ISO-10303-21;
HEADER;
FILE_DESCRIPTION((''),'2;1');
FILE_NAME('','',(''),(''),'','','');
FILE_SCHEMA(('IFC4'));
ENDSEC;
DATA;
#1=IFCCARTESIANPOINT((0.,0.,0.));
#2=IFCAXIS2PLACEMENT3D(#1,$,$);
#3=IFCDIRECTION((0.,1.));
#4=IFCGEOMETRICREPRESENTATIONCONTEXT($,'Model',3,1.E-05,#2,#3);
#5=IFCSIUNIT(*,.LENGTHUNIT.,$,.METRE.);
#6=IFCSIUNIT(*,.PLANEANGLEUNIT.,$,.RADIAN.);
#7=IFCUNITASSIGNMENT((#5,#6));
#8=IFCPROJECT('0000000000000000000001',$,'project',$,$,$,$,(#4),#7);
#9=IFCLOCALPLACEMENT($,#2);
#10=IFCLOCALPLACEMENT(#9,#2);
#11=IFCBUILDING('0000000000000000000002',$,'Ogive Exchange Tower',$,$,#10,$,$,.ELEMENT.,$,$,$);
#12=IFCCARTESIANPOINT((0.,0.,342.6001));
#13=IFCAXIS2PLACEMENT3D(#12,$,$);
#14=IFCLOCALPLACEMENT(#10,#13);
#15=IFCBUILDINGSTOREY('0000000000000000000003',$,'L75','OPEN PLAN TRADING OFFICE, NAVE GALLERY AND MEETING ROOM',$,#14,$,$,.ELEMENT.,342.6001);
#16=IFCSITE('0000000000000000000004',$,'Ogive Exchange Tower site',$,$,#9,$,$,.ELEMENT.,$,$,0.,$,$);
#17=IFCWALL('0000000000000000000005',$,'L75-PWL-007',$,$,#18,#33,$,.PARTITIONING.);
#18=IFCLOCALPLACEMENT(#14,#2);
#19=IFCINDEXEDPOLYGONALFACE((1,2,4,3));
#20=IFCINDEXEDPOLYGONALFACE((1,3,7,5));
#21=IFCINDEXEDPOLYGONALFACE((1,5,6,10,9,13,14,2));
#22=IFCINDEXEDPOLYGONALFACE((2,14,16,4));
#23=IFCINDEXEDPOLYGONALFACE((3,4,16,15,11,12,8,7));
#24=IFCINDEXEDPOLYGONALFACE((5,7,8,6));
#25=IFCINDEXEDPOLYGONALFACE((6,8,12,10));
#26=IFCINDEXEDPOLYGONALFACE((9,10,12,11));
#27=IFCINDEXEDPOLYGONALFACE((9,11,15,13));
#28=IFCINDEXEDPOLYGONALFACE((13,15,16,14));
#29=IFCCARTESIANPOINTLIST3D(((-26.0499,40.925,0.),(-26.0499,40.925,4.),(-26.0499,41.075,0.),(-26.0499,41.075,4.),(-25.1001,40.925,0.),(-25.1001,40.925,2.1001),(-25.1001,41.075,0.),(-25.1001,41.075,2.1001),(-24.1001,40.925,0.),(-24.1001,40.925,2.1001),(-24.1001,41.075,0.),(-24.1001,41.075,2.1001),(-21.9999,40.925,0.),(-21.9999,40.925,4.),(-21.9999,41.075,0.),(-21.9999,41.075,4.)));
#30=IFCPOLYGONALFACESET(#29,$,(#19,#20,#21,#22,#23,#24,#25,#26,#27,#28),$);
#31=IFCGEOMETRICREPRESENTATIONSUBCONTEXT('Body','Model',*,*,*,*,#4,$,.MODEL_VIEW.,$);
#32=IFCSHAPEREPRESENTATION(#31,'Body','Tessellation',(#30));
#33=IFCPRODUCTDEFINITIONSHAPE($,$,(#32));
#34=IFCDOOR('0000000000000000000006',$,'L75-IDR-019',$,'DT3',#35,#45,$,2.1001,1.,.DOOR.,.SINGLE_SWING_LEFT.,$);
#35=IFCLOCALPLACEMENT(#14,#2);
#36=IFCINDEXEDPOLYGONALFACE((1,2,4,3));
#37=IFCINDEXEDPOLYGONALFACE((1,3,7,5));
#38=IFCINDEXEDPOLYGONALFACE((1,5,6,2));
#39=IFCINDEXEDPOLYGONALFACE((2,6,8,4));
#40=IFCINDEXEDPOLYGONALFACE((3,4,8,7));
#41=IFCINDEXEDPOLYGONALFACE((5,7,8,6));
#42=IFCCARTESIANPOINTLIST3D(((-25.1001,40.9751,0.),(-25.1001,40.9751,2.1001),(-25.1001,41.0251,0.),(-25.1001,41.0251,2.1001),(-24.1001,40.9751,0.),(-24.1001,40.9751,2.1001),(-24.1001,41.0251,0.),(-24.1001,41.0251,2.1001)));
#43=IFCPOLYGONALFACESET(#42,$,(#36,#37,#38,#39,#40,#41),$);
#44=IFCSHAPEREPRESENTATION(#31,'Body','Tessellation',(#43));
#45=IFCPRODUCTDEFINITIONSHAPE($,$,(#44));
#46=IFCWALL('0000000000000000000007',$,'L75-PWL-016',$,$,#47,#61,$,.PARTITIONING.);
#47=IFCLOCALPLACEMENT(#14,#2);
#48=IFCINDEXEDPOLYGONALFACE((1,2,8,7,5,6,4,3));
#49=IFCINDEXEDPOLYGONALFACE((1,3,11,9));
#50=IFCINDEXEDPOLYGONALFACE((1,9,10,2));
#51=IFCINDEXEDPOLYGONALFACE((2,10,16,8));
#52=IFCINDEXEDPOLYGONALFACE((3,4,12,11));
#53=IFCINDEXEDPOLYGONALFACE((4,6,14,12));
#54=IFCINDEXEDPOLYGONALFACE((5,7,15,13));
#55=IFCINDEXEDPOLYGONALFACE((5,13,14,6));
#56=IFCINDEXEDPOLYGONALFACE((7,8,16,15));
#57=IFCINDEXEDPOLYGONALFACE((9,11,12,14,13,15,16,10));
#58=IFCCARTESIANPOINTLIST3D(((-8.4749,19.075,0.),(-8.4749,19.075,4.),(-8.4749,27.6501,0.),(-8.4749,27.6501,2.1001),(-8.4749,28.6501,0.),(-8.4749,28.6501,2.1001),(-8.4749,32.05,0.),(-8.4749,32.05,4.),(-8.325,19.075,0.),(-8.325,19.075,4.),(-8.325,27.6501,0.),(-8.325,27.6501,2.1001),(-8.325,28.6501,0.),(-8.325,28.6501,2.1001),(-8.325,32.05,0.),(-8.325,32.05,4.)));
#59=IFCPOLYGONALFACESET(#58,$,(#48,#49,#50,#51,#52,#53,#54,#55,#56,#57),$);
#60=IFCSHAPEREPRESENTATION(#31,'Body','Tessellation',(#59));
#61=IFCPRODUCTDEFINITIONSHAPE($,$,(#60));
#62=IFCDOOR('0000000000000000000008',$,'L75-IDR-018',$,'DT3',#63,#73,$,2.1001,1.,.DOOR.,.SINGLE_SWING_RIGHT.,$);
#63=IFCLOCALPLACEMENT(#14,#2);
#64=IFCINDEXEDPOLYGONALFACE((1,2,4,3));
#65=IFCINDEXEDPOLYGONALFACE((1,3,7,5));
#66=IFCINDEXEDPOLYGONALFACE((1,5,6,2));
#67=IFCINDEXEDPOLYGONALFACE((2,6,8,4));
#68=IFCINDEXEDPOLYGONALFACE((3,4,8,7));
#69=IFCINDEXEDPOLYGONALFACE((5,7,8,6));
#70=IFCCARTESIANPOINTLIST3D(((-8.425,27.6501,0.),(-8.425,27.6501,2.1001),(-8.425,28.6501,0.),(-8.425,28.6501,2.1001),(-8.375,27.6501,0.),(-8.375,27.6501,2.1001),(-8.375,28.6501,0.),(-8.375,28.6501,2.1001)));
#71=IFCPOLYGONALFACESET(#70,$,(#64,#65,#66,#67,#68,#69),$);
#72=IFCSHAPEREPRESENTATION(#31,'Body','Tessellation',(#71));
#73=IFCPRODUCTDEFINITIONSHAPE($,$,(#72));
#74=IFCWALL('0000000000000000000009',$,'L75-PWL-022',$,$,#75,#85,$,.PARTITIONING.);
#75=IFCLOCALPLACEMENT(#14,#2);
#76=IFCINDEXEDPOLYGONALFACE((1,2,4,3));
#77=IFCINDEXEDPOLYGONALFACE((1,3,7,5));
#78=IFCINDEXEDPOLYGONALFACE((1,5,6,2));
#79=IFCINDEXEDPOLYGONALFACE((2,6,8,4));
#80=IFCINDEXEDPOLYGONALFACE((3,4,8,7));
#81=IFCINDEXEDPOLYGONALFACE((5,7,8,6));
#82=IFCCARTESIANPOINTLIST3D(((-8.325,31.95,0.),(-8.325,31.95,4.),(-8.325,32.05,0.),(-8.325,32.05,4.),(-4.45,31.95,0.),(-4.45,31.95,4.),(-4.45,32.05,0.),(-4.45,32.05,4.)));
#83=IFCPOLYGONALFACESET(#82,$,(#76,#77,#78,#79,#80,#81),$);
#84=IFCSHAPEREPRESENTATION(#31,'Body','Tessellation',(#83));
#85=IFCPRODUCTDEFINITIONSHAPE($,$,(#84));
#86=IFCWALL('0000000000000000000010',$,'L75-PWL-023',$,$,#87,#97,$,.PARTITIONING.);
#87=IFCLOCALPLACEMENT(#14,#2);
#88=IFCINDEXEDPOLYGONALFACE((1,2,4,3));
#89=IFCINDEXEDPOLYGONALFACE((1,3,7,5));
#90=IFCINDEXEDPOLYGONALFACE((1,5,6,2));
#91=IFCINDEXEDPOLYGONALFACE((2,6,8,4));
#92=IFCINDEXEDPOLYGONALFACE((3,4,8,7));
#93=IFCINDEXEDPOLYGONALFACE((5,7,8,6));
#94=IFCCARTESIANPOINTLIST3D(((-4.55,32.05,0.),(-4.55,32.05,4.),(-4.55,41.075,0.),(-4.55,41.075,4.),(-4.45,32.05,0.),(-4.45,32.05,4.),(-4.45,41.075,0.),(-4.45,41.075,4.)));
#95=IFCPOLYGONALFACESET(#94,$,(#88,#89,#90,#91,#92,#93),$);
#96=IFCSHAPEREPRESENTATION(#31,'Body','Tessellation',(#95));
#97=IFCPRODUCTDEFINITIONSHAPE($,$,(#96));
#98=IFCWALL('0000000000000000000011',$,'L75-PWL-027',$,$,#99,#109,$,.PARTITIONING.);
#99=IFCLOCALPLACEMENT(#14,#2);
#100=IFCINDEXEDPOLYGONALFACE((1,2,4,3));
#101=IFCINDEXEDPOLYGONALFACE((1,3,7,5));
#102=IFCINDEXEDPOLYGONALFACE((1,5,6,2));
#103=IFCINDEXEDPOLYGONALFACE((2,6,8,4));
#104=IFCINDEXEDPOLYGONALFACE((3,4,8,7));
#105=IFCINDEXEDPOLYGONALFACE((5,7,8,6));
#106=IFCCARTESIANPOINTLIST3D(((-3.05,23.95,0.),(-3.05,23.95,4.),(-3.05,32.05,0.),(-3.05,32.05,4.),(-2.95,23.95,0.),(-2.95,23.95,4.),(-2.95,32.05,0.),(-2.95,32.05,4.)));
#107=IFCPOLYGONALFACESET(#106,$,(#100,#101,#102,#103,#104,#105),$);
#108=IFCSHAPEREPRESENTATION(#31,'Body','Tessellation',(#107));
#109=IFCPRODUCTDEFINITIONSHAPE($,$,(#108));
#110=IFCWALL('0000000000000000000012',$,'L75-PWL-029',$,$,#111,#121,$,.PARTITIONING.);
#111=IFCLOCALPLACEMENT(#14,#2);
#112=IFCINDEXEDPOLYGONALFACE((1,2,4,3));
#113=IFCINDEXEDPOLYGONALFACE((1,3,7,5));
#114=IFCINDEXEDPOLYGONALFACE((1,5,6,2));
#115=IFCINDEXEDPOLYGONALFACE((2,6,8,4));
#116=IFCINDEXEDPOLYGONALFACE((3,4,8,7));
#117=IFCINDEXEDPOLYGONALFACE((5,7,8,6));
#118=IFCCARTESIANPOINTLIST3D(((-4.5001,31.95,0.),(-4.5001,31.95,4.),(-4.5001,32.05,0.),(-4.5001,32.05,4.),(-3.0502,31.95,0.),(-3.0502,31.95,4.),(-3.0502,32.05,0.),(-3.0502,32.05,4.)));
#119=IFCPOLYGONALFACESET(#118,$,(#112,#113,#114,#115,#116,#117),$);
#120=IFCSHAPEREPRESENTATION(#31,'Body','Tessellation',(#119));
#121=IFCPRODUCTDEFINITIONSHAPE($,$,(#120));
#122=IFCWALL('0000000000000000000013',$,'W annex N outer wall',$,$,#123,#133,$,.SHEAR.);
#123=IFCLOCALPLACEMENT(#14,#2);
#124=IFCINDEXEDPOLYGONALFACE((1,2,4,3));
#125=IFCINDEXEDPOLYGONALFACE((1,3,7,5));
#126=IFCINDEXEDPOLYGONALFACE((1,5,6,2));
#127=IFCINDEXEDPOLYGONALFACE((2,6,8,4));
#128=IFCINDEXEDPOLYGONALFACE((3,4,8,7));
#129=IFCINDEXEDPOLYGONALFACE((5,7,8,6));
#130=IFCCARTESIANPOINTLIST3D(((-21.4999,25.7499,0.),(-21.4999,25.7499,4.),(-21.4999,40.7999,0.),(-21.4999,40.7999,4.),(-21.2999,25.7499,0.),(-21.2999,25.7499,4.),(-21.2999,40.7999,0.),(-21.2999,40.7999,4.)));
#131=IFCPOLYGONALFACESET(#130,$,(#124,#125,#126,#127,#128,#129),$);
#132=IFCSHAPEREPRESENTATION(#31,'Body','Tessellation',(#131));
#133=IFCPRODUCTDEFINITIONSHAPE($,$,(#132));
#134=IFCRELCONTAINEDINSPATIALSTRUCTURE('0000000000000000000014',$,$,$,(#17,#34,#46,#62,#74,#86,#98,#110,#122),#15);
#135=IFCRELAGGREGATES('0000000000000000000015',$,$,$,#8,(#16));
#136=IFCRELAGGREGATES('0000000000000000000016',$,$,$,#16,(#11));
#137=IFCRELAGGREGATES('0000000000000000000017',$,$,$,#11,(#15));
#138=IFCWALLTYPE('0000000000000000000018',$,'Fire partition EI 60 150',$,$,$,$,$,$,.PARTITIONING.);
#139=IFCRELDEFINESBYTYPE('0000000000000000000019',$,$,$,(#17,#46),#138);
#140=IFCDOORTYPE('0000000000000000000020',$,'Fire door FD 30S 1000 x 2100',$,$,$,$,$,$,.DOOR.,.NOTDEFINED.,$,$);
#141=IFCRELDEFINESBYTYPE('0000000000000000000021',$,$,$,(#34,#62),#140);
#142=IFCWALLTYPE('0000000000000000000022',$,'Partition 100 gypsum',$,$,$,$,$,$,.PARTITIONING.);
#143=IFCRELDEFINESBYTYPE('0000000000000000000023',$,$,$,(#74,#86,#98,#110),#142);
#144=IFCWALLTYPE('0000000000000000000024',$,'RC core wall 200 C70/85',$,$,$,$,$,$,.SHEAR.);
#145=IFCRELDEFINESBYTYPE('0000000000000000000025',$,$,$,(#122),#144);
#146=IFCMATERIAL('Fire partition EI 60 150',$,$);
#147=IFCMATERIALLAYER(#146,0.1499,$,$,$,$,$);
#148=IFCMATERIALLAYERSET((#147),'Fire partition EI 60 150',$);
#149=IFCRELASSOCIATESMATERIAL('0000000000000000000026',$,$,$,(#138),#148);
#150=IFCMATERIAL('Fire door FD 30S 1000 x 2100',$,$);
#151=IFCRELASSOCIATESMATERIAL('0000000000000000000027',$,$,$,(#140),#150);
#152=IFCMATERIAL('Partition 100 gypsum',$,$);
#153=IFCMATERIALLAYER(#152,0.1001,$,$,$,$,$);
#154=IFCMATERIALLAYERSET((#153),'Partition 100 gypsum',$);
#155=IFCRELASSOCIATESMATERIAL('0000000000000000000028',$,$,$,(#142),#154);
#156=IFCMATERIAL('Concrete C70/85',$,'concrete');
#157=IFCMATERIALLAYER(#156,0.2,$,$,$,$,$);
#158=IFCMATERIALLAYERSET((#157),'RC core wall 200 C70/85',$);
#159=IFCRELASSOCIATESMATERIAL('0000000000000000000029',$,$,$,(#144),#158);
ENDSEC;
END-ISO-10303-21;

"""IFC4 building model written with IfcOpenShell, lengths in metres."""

from ifc_helpers import new_model, si_unit, direction, frame, frame_2d, origin, place, context, subcontext, project, spatial, rectangle, extrude, material, layer, layer_set, type_object, element, fill, save


model = new_model("IFC4")

# Units and contexts
model_context = context("Model", 3, precision=1e-05, world=origin(), true_north=direction((0.0, 1.0)))
body_context = subcontext(model_context, "Body", "Model", "MODEL_VIEW")
ifc_project = project(units=[si_unit("LENGTHUNIT", "METRE"), si_unit("PLANEANGLEUNIT", "RADIAN")], contexts=[model_context])

# Site, building, storey
site_placement = place(None, origin())
site = spatial("IfcSite", under=ifc_project, at=site_placement, Name="Ogive Exchange Tower site", CompositionType="ELEMENT", RefElevation=0.0)
building_placement = place(site_placement, origin())
building = spatial("IfcBuilding", under=site, at=building_placement, Name="Ogive Exchange Tower", CompositionType="ELEMENT")
storey_placement = place(building_placement, frame((0.0, 0.0, 342.6001)))
storey = spatial("IfcBuildingStorey", under=building, at=storey_placement, Name="L75", Description="OPEN PLAN TRADING OFFICE, NAVE GALLERY AND MEETING ROOM", CompositionType="ELEMENT", Elevation=342.6001)

# Walls, openings, doors
ifc_material_1 = material(Name="Fire partition EI 60 150")
ifc_layer_1 = layer(ifc_material_1, 0.1499)
ifc_layer_set_1 = layer_set([ifc_layer_1], Name="Fire partition EI 60 150")
wall_type_1 = type_object("IfcWallType", Name="Fire partition EI 60 150", PredefinedType="PARTITIONING", material=ifc_layer_set_1)
wall_1_placement = place(storey_placement, frame((-22.0, 41.0, 0.0), z_axis=(0.0, 0.0, 1.0), x_axis=(-1.0, 0.0, 0.0)))
wall_1 = element("IfcWall", 1, at=wall_1_placement, inside=storey, type_object=wall_type_1, Name="L75-PWL-007", PredefinedType="PARTITIONING", context=body_context, shape_type="SweptSolid", body=[
    extrude(rectangle(XDim=4.05, YDim=0.1499, at=frame_2d((2.0249, 0.0))), origin(), (0.0, 0.0, 1.0), 4.0),
])
opening_1_placement = place(wall_1_placement, frame((2.1001, 0.0, 0.0)))
opening_1 = element("IfcOpeningElement", 2, at=opening_1_placement, cuts=wall_1, PredefinedType="OPENING", context=body_context, shape_type="SweptSolid", body=[
    extrude(rectangle(XDim=1.0, YDim=2.1001, at=frame_2d((0.5, 1.05))), frame((0.0, 0.085, 0.0), z_axis=(0.0, -1.0, 0.0), x_axis=(1.0, 0.0, 0.0)), (0.0, 0.0, 1.0), 0.1699),
])
ifc_material_2 = material(Name="Fire door FD 30S 1000 x 2100")
door_type_1 = type_object("IfcDoorType", Name="Fire door FD 30S 1000 x 2100", OperationType="NOTDEFINED", PredefinedType="DOOR", material=ifc_material_2)
door_1_placement = place(opening_1_placement, origin())
door_1 = element("IfcDoor", 3, at=door_1_placement, inside=storey, type_object=door_type_1, Name="L75-IDR-019", ObjectType="DT3", OperationType="SINGLE_SWING_LEFT", OverallHeight=2.1001, OverallWidth=1.0, PredefinedType="DOOR", context=body_context, shape_type="SweptSolid", body=[
    extrude(rectangle(XDim=1.0, YDim=2.1001, at=frame_2d((0.5, 1.05))), frame((0.0, 0.0249, 0.0), z_axis=(0.0, -1.0, 0.0), x_axis=(1.0, 0.0, 0.0)), (0.0, 0.0, 1.0), 0.05),
])
fill(opening_1, door_1)
wall_2_placement = place(storey_placement, frame((-8.3999, 32.05, 0.0), z_axis=(0.0, 0.0, 1.0), x_axis=(0.0, -1.0, 0.0)))
wall_2 = element("IfcWall", 4, at=wall_2_placement, inside=storey, type_object=wall_type_1, Name="L75-PWL-016", PredefinedType="PARTITIONING", context=body_context, shape_type="SweptSolid", body=[
    extrude(rectangle(XDim=12.9751, YDim=0.1499, at=frame_2d((6.4875, 0.0))), origin(), (0.0, 0.0, 1.0), 4.0),
])
opening_2_placement = place(wall_2_placement, frame((3.3999, 0.0, 0.0)))
opening_2 = element("IfcOpeningElement", 5, at=opening_2_placement, cuts=wall_2, PredefinedType="OPENING", context=body_context, shape_type="SweptSolid", body=[
    extrude(rectangle(XDim=1.0, YDim=2.1001, at=frame_2d((0.5, 1.05))), frame((0.0, 0.085, 0.0), z_axis=(0.0, -1.0, 0.0), x_axis=(1.0, 0.0, 0.0)), (0.0, 0.0, 1.0), 0.1699),
])
door_2_placement = place(opening_2_placement, origin())
door_2 = element("IfcDoor", 6, at=door_2_placement, inside=storey, type_object=door_type_1, Name="L75-IDR-018", ObjectType="DT3", OperationType="SINGLE_SWING_RIGHT", OverallHeight=2.1001, OverallWidth=1.0, PredefinedType="DOOR", context=body_context, shape_type="SweptSolid", body=[
    extrude(rectangle(XDim=1.0, YDim=2.1001, at=frame_2d((0.5, 1.05))), frame((0.0, 0.0249, 0.0), z_axis=(0.0, -1.0, 0.0), x_axis=(1.0, 0.0, 0.0)), (0.0, 0.0, 1.0), 0.05),
])
fill(opening_2, door_2)

# Walls
ifc_material_3 = material(Name="Partition 100 gypsum")
ifc_layer_2 = layer(ifc_material_3, 0.1001)
ifc_layer_set_2 = layer_set([ifc_layer_2], Name="Partition 100 gypsum")
wall_type_2 = type_object("IfcWallType", Name="Partition 100 gypsum", PredefinedType="PARTITIONING", material=ifc_layer_set_2)
wall_3_placement = place(storey_placement, frame((-4.45, 32.0, 0.0), z_axis=(0.0, 0.0, 1.0), x_axis=(-1.0, 0.0, 0.0)))
element("IfcWall", 7, at=wall_3_placement, inside=storey, type_object=wall_type_2, Name="L75-PWL-022", PredefinedType="PARTITIONING", context=body_context, shape_type="SweptSolid", body=[
    extrude(rectangle(XDim=3.875, YDim=0.1001, at=frame_2d((1.9375, 0.0))), origin(), (0.0, 0.0, 1.0), 4.0),
])
wall_4_placement = place(storey_placement, frame((-4.5, 32.05, 0.0), z_axis=(0.0, 0.0, 1.0), x_axis=(0.0, 1.0, 0.0)))
element("IfcWall", 8, at=wall_4_placement, inside=storey, type_object=wall_type_2, Name="L75-PWL-023", PredefinedType="PARTITIONING", context=body_context, shape_type="SweptSolid", body=[
    extrude(rectangle(XDim=9.0249, YDim=0.1001, at=frame_2d((4.5125, 0.0))), origin(), (0.0, 0.0, 1.0), 4.0),
])
wall_5_placement = place(storey_placement, frame((-3.0, 23.95, 0.0), z_axis=(0.0, 0.0, 1.0), x_axis=(0.0, 1.0, 0.0)))
element("IfcWall", 9, at=wall_5_placement, inside=storey, type_object=wall_type_2, Name="L75-PWL-027", PredefinedType="PARTITIONING", context=body_context, shape_type="SweptSolid", body=[
    extrude(rectangle(XDim=8.1001, YDim=0.1001, at=frame_2d((4.05, 0.0))), origin(), (0.0, 0.0, 1.0), 4.0),
])
wall_6_placement = place(storey_placement, frame((-3.05, 32.0, 0.0), z_axis=(0.0, 0.0, 1.0), x_axis=(-1.0, 0.0, 0.0)))
element("IfcWall", 10, at=wall_6_placement, inside=storey, type_object=wall_type_2, Name="L75-PWL-029", PredefinedType="PARTITIONING", context=body_context, shape_type="SweptSolid", body=[
    extrude(rectangle(XDim=1.45, YDim=0.1001, at=frame_2d((0.7251, 0.0))), origin(), (0.0, 0.0, 1.0), 4.0),
])
ifc_material_4 = material(Name="Concrete C70/85", Category="concrete")
ifc_layer_3 = layer(ifc_material_4, 0.2)
ifc_layer_set_3 = layer_set([ifc_layer_3], Name="RC core wall 200 C70/85")
wall_type_3 = type_object("IfcWallType", Name="RC core wall 200 C70/85", PredefinedType="SHEAR", material=ifc_layer_set_3)
wall_7_placement = place(storey_placement, frame((-21.3999, 25.75, 0.0), z_axis=(0.0, 0.0, 1.0), x_axis=(0.0, 1.0, 0.0)))
element("IfcWall", 11, at=wall_7_placement, inside=storey, type_object=wall_type_3, Name="W annex N outer wall", PredefinedType="SHEAR", context=body_context, shape_type="SweptSolid", body=[
    extrude(rectangle(XDim=15.05, YDim=0.2, at=frame_2d((7.5249, 0.0))), origin(), (0.0, 0.0, 1.0), 4.0),
])

save(model, "model.ifc")
